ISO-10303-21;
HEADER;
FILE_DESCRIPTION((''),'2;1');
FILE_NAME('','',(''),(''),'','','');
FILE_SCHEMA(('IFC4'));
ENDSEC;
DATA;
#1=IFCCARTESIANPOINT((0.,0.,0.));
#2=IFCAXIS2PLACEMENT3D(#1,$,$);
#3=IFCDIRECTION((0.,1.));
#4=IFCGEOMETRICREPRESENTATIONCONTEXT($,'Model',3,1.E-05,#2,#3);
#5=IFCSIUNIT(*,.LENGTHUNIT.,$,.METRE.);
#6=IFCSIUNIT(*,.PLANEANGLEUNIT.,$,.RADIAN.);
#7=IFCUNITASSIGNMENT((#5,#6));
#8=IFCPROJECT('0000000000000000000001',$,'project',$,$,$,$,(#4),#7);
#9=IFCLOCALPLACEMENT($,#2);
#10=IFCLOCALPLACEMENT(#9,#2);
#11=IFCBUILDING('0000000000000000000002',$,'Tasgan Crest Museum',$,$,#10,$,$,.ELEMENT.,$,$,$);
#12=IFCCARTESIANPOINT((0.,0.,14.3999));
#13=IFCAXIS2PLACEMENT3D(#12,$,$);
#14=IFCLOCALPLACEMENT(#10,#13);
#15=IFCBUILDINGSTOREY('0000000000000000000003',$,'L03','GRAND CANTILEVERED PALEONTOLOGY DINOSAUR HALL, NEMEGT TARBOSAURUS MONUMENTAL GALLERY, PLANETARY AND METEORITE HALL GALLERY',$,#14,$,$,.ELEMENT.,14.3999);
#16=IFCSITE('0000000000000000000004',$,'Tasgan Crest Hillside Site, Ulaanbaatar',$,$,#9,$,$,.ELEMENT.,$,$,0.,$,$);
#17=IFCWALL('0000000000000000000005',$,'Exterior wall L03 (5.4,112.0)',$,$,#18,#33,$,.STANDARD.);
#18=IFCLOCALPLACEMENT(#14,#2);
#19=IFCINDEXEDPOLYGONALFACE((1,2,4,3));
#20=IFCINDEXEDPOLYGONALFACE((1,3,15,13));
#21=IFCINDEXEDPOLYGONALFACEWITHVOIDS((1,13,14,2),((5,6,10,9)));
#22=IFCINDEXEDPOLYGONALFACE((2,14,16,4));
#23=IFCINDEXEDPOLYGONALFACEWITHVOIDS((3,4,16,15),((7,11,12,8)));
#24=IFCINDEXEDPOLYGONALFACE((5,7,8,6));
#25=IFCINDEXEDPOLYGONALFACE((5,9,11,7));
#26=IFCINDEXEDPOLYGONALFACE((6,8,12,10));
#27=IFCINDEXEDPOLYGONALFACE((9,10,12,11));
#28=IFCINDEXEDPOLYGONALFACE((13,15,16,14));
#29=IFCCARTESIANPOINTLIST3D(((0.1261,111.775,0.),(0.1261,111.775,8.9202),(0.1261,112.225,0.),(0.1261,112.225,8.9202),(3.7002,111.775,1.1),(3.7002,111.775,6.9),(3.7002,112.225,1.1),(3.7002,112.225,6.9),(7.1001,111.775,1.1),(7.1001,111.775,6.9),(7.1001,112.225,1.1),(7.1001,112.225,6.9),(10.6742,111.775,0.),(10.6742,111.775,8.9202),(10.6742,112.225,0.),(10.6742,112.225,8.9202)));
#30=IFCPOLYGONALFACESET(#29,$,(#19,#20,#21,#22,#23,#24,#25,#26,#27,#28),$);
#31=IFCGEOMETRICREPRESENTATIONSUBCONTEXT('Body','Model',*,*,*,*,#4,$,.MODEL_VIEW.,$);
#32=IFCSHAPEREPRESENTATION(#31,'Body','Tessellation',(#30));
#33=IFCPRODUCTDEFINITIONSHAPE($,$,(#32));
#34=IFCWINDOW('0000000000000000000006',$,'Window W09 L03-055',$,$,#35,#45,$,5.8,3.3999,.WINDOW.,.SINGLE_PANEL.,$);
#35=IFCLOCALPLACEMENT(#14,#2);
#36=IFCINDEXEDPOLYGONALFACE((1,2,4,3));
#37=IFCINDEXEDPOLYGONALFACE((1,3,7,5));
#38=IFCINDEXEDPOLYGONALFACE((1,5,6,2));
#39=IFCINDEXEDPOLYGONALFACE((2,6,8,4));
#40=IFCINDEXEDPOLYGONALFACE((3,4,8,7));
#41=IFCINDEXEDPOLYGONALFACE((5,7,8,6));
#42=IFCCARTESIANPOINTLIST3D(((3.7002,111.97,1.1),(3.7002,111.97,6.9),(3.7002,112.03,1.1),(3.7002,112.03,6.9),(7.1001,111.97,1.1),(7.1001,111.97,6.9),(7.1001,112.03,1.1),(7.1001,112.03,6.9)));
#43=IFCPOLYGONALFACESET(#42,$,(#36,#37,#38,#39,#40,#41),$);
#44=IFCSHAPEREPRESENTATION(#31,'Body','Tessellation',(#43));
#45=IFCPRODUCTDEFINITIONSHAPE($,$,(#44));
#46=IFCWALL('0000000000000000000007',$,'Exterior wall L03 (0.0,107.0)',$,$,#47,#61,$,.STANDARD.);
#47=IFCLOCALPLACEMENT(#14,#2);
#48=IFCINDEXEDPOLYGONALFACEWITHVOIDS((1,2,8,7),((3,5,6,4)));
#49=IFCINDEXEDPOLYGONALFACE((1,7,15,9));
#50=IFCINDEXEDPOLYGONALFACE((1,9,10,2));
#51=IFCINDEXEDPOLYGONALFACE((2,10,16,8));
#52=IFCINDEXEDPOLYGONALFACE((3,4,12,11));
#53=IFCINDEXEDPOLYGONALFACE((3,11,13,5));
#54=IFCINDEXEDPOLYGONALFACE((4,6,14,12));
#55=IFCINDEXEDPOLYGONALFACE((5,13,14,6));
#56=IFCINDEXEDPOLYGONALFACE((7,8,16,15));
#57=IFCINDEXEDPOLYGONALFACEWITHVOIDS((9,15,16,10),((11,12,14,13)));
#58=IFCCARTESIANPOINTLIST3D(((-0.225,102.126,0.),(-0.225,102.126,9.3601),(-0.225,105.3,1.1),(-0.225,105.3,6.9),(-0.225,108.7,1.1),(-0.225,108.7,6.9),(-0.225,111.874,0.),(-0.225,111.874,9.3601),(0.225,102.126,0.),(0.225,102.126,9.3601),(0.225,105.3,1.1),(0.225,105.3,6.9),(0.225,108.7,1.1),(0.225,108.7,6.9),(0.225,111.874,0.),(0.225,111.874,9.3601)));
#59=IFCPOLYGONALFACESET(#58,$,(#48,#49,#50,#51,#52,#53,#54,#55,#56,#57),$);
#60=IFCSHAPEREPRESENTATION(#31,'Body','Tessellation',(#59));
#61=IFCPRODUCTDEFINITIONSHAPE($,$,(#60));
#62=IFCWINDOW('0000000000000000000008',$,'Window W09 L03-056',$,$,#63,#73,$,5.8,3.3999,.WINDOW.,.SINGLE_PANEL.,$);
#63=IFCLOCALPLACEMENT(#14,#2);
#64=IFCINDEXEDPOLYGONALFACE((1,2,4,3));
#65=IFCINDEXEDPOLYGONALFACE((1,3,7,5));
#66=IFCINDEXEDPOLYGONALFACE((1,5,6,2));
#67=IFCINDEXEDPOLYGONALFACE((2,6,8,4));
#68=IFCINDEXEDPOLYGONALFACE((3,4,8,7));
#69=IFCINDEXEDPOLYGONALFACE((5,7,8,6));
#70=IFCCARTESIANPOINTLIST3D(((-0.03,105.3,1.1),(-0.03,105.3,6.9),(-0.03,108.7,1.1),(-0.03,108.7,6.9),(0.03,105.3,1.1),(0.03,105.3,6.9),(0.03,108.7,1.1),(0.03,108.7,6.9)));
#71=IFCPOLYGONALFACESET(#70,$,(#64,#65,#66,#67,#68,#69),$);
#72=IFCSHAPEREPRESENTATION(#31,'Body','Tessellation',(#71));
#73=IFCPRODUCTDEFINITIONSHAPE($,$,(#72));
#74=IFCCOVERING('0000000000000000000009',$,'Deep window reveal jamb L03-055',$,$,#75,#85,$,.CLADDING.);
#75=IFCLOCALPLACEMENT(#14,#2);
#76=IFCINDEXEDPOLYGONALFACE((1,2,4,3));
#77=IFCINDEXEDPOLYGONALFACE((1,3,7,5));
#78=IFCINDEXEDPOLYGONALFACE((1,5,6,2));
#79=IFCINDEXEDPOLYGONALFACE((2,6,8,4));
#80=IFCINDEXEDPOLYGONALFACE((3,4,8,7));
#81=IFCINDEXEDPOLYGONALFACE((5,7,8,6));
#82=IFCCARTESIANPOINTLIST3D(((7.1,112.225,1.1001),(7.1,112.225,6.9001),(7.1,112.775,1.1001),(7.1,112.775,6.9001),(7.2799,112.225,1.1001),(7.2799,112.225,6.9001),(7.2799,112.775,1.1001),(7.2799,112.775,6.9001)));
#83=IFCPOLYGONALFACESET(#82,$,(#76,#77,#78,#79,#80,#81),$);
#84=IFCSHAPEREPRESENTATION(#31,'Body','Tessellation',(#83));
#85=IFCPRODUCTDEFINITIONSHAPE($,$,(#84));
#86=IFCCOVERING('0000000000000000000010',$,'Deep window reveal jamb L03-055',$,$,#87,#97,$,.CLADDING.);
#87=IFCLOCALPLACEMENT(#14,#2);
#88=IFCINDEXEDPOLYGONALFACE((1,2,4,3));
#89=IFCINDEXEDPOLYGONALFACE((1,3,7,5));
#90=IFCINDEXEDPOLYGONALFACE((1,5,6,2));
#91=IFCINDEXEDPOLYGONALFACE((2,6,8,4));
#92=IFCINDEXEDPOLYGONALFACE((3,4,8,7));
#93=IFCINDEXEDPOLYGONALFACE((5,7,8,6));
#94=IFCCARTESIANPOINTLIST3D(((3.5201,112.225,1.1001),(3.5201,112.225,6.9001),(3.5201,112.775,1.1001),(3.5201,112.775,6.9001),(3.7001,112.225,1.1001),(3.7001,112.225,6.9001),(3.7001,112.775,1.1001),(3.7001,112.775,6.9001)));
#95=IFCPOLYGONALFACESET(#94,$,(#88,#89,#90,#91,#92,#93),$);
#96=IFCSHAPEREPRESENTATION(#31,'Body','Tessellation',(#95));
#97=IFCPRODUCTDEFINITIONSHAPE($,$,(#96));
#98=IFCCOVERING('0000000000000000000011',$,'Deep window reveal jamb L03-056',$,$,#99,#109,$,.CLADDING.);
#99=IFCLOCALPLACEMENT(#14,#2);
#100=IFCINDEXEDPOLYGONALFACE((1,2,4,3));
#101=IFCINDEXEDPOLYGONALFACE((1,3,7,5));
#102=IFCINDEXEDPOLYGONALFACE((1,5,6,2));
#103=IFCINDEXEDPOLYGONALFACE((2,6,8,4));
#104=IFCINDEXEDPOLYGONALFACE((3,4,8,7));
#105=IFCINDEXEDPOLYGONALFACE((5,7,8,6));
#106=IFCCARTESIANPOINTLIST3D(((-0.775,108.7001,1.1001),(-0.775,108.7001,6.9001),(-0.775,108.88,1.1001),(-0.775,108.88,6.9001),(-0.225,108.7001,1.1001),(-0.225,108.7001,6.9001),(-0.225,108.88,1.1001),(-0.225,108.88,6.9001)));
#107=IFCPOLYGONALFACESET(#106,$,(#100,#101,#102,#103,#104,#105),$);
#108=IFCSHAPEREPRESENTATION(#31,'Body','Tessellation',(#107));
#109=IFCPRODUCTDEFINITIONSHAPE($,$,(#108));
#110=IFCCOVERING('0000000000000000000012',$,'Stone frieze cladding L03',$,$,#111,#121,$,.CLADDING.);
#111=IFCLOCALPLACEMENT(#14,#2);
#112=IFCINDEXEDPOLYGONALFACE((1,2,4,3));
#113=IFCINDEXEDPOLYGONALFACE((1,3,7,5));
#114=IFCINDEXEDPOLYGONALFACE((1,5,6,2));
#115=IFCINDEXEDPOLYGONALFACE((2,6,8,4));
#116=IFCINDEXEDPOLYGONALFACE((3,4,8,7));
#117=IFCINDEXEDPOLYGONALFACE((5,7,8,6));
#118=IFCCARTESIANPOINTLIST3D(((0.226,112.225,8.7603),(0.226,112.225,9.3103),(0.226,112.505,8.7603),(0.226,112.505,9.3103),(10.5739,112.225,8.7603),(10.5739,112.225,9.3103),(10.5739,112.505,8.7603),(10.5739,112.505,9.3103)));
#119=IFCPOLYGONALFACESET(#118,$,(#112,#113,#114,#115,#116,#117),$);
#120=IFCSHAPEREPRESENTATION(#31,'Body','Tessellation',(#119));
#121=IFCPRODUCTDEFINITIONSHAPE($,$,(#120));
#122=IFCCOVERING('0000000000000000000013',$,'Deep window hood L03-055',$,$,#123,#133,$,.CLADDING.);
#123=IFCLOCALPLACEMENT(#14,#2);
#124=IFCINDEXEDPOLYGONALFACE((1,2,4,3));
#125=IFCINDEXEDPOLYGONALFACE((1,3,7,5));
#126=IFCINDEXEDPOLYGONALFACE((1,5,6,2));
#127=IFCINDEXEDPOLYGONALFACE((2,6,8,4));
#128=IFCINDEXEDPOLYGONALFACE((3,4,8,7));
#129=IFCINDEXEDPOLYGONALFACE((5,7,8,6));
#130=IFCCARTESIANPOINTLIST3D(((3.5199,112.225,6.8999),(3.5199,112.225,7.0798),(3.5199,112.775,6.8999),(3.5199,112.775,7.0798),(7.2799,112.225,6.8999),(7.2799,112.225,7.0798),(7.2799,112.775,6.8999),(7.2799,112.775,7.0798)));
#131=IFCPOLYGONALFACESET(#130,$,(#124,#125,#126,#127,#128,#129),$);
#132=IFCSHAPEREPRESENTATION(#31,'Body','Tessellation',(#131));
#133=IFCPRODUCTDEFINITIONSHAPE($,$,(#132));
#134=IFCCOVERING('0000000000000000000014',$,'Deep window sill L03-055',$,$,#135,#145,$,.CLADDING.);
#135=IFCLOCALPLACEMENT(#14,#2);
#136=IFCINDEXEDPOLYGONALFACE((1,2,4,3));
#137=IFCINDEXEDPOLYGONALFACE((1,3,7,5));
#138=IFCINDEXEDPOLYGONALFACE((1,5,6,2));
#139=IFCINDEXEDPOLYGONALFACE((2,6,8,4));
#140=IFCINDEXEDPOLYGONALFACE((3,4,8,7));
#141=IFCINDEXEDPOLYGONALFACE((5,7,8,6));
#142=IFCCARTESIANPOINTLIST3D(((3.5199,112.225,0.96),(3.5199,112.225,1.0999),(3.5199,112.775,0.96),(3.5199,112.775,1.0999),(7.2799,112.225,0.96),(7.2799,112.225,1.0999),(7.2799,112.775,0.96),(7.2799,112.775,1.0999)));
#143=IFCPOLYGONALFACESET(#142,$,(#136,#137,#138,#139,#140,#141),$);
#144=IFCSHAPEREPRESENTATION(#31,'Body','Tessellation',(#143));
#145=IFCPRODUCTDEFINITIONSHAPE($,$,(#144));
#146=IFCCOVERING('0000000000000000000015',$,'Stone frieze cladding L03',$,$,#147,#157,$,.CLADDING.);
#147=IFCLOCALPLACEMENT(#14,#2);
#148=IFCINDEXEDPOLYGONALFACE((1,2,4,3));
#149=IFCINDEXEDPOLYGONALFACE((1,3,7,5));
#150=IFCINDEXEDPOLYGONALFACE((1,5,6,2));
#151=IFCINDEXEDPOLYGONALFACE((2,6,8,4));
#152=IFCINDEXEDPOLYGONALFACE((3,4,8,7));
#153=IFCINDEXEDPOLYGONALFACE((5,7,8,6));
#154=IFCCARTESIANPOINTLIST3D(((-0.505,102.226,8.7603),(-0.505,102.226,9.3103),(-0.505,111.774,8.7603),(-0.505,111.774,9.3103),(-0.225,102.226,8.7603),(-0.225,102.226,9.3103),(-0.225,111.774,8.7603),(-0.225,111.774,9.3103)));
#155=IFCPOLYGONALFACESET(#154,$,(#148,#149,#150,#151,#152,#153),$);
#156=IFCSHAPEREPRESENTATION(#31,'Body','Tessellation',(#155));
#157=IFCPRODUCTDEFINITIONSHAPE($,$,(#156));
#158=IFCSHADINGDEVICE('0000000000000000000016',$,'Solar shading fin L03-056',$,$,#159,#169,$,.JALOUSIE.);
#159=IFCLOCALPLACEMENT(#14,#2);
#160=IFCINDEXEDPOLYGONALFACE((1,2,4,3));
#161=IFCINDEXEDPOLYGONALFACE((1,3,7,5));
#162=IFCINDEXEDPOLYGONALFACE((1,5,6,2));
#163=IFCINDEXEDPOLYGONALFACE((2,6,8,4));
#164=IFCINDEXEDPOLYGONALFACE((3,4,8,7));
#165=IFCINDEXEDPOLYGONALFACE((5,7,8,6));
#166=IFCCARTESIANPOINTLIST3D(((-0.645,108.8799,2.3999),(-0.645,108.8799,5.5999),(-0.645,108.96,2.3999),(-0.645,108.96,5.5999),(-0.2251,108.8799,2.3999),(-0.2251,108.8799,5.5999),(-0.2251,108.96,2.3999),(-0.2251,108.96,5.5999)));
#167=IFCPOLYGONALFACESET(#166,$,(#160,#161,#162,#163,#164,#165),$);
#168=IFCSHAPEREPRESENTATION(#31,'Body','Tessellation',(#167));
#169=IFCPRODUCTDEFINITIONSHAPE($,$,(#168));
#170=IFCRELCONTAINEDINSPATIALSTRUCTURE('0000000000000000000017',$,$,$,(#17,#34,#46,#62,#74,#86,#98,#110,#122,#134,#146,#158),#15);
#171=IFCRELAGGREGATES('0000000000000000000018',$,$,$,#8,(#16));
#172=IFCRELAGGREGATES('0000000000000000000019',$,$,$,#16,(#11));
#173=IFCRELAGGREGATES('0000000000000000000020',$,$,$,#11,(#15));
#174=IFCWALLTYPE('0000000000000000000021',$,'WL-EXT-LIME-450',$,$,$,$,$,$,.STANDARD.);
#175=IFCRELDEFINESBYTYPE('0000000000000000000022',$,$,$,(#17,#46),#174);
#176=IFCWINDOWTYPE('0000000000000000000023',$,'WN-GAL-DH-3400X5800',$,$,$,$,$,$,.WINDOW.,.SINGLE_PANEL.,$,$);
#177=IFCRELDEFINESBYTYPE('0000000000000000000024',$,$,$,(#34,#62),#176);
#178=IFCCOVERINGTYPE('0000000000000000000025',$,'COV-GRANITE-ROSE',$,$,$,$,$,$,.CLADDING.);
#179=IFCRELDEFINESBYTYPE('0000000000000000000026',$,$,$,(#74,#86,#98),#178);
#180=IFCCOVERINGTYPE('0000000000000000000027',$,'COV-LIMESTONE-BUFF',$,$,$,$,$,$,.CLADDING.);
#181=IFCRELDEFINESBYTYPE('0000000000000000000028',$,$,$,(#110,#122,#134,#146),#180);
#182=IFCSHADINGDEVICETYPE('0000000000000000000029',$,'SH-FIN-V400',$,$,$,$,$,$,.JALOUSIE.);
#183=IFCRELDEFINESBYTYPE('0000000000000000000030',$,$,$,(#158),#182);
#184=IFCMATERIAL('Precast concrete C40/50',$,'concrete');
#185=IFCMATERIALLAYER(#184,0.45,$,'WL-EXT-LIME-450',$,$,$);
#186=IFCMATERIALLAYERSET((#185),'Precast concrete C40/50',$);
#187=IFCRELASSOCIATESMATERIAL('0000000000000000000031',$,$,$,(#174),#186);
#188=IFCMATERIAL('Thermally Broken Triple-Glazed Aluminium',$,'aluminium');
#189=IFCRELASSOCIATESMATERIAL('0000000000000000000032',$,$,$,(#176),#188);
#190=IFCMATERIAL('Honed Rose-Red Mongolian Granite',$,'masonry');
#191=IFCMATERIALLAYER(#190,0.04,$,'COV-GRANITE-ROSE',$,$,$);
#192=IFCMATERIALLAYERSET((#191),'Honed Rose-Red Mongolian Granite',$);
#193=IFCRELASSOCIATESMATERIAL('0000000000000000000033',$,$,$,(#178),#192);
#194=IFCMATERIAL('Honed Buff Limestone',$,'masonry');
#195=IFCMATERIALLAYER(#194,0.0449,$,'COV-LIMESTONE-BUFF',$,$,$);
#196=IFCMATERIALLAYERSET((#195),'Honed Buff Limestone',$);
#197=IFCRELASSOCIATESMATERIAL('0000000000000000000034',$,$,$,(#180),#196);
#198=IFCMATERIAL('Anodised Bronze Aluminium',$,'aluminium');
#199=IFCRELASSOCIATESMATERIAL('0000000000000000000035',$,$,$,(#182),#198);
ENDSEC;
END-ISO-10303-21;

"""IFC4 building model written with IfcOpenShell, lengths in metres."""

from ifc_helpers import new_model, si_unit, direction, frame, frame_2d, origin, origin_2d, place, context, subcontext, project, spatial, rectangle, extrude, material, layer, layer_set, type_object, element, fill, save


model = new_model("IFC4")

# Units and contexts
model_context = context("Model", 3, precision=1e-05, world=origin(), true_north=direction((0.0, 1.0)))
body_context = subcontext(model_context, "Body", "Model", "MODEL_VIEW")
ifc_project = project(units=[si_unit("LENGTHUNIT", "METRE"), si_unit("PLANEANGLEUNIT", "RADIAN")], contexts=[model_context])

# Site, building, storey
site_placement = place(None, origin())
site = spatial("IfcSite", under=ifc_project, at=site_placement, Name="Tasgan Crest Hillside Site, Ulaanbaatar", CompositionType="ELEMENT", RefElevation=0.0)
building_placement = place(site_placement, origin())
building = spatial("IfcBuilding", under=site, at=building_placement, Name="Tasgan Crest Museum", CompositionType="ELEMENT")
storey_placement = place(building_placement, frame((0.0, 0.0, 14.3999)))
storey = spatial("IfcBuildingStorey", under=building, at=storey_placement, Name="L03", Description="GRAND CANTILEVERED PALEONTOLOGY DINOSAUR HALL, NEMEGT TARBOSAURUS MONUMENTAL GALLERY, PLANETARY AND METEORITE HALL GALLERY", CompositionType="ELEMENT", Elevation=14.3999)

# Walls, openings, windows
ifc_material_1 = material(Name="Precast concrete C40/50", Category="concrete")
ifc_layer_1 = layer(ifc_material_1, 0.45, Name="WL-EXT-LIME-450")
ifc_layer_set_1 = layer_set([ifc_layer_1], Name="Precast concrete C40/50")
wall_type_1 = type_object("IfcWallType", Name="WL-EXT-LIME-450", PredefinedType="STANDARD", material=ifc_layer_set_1)
wall_1_placement = place(storey_placement, frame((10.6741, 112.0, 0.0), z_axis=(0.0, 0.0, 1.0), x_axis=(-1.0, 0.0, 0.0)))
wall_1 = element("IfcWall", 1, at=wall_1_placement, inside=storey, type_object=wall_type_1, Name="Exterior wall L03 (5.4,112.0)", PredefinedType="STANDARD", context=body_context, shape_type="SweptSolid", body=[
    extrude(rectangle(XDim=10.5481, YDim=0.45, at=frame_2d((5.2739, 0.0))), origin(), (0.0, 0.0, 1.0), 8.9202),
])
opening_1_placement = place(wall_1_placement, frame((3.574, 0.0, 1.1001)))
opening_1 = element("IfcOpeningElement", 2, at=opening_1_placement, cuts=wall_1, PredefinedType="OPENING", context=body_context, shape_type="SweptSolid", body=[
    extrude(rectangle(XDim=3.3999, YDim=5.8, at=frame_2d((1.7, 2.8999))), frame((0.0, 0.2349, 0.0), z_axis=(0.0, -1.0, 0.0), x_axis=(1.0, 0.0, 0.0)), (0.0, 0.0, 1.0), 0.47),
])
ifc_material_2 = material(Name="Thermally Broken Triple-Glazed Aluminium", Category="aluminium")
window_type = type_object("IfcWindowType", Name="WN-GAL-DH-3400X5800", PartitioningType="SINGLE_PANEL", PredefinedType="WINDOW", material=ifc_material_2)
window_1_placement = place(opening_1_placement, origin())
window_1 = element("IfcWindow", 3, at=window_1_placement, inside=storey, type_object=window_type, Name="Window W09 L03-055", OverallHeight=5.8, OverallWidth=3.3999, PartitioningType="SINGLE_PANEL", PredefinedType="WINDOW", context=body_context, shape_type="SweptSolid", body=[
    extrude(rectangle(XDim=3.3999, YDim=5.8, at=frame_2d((1.7, 2.8999))), frame((0.0, 0.03, 0.0), z_axis=(0.0, -1.0, 0.0), x_axis=(1.0, 0.0, 0.0)), (0.0, 0.0, 1.0), 0.0601),
])
fill(opening_1, window_1)
wall_2_placement = place(storey_placement, frame((0.0, 111.874, 0.0), z_axis=(0.0, 0.0, 1.0), x_axis=(0.0, -1.0, 0.0)))
wall_2 = element("IfcWall", 4, at=wall_2_placement, inside=storey, type_object=wall_type_1, Name="Exterior wall L03 (0.0,107.0)", PredefinedType="STANDARD", context=body_context, shape_type="SweptSolid", body=[
    extrude(rectangle(XDim=9.748, YDim=0.45, at=frame_2d((4.874, 0.0))), origin(), (0.0, 0.0, 1.0), 9.3601),
])
opening_2_placement = place(wall_2_placement, frame((3.1741, 0.0, 1.1001)))
opening_2 = element("IfcOpeningElement", 5, at=opening_2_placement, cuts=wall_2, PredefinedType="OPENING", context=body_context, shape_type="SweptSolid", body=[
    extrude(rectangle(XDim=3.3999, YDim=5.8, at=frame_2d((1.7, 2.8999))), frame((0.0, 0.2349, 0.0), z_axis=(0.0, -1.0, 0.0), x_axis=(1.0, 0.0, 0.0)), (0.0, 0.0, 1.0), 0.47),
])
window_2_placement = place(opening_2_placement, origin())
window_2 = element("IfcWindow", 6, at=window_2_placement, inside=storey, type_object=window_type, Name="Window W09 L03-056", OverallHeight=5.8, OverallWidth=3.3999, PartitioningType="SINGLE_PANEL", PredefinedType="WINDOW", context=body_context, shape_type="SweptSolid", body=[
    extrude(rectangle(XDim=3.3999, YDim=5.8, at=frame_2d((1.7, 2.8999))), frame((0.0, 0.03, 0.0), z_axis=(0.0, -1.0, 0.0), x_axis=(1.0, 0.0, 0.0)), (0.0, 0.0, 1.0), 0.0601),
])
fill(opening_2, window_2)

# Coverings
ifc_material_3 = material(Name="Honed Rose-Red Mongolian Granite", Category="masonry")
ifc_layer_2 = layer(ifc_material_3, 0.04, Name="COV-GRANITE-ROSE")
ifc_layer_set_2 = layer_set([ifc_layer_2], Name="Honed Rose-Red Mongolian Granite")
covering_type_1 = type_object("IfcCoveringType", Name="COV-GRANITE-ROSE", PredefinedType="CLADDING", material=ifc_layer_set_2)
for number, where, z_axis, x_axis, name in (
    (7, (7.1899, 112.5, 1.1001), (0.0, 0.0, 1.0), (-1.0, 0.0, 0.0), "Deep window reveal jamb L03-055"),
    (8, (3.6101, 112.5, 1.1001), (0.0, 0.0, 1.0), (-1.0, 0.0, 0.0), "Deep window reveal jamb L03-055"),
    (9, (-0.5, 108.79, 1.1001), (0.0, 0.0, 1.0), (0.0, -1.0, 0.0), "Deep window reveal jamb L03-056"),
):
    element("IfcCovering", number, at=place(storey_placement, frame(where, z_axis=z_axis, x_axis=x_axis)), inside=storey, type_object=covering_type_1, Name=name, PredefinedType="CLADDING", context=body_context, shape_type="SweptSolid", body=[
        extrude(rectangle(XDim=0.1799, YDim=0.55, at=origin_2d()), origin(), (0.0, 0.0, 1.0), 5.8),
    ])
ifc_material_4 = material(Name="Honed Buff Limestone", Category="masonry")
ifc_layer_3 = layer(ifc_material_4, 0.0449, Name="COV-LIMESTONE-BUFF")
ifc_layer_set_3 = layer_set([ifc_layer_3], Name="Honed Buff Limestone")
covering_type_2 = type_object("IfcCoveringType", Name="COV-LIMESTONE-BUFF", PredefinedType="CLADDING", material=ifc_layer_set_3)
covering_1_placement = place(storey_placement, frame((5.3999, 112.365, 8.7603), z_axis=(0.0, 0.0, 1.0), x_axis=(-1.0, 0.0, 0.0)))
element("IfcCovering", 10, at=covering_1_placement, inside=storey, type_object=covering_type_2, Name="Stone frieze cladding L03", PredefinedType="CLADDING", context=body_context, shape_type="SweptSolid", body=[
    extrude(rectangle(XDim=10.3479, YDim=0.28, at=origin_2d()), origin(), (0.0, 0.0, 1.0), 0.55),
])
covering_2_placement = place(storey_placement, frame((5.3999, 112.5, 6.8999), z_axis=(0.0, 0.0, 1.0), x_axis=(-1.0, 0.0, 0.0)))
element("IfcCovering", 11, at=covering_2_placement, inside=storey, type_object=covering_type_2, Name="Deep window hood L03-055", PredefinedType="CLADDING", context=body_context, shape_type="SweptSolid", body=[
    extrude(rectangle(XDim=3.76, YDim=0.55, at=origin_2d()), origin(), (0.0, 0.0, 1.0), 0.1799),
])
covering_3_placement = place(storey_placement, frame((5.3999, 112.5, 0.96), z_axis=(0.0, 0.0, 1.0), x_axis=(-1.0, 0.0, 0.0)))
element("IfcCovering", 12, at=covering_3_placement, inside=storey, type_object=covering_type_2, Name="Deep window sill L03-055", PredefinedType="CLADDING", context=body_context, shape_type="SweptSolid", body=[
    extrude(rectangle(XDim=3.76, YDim=0.55, at=origin_2d()), origin(), (0.0, 0.0, 1.0), 0.1399),
])
covering_4_placement = place(storey_placement, frame((-0.365, 107.0, 8.7603), z_axis=(0.0, 0.0, 1.0), x_axis=(0.0, -1.0, 0.0)))
element("IfcCovering", 13, at=covering_4_placement, inside=storey, type_object=covering_type_2, Name="Stone frieze cladding L03", PredefinedType="CLADDING", context=body_context, shape_type="SweptSolid", body=[
    extrude(rectangle(XDim=9.5481, YDim=0.28, at=origin_2d()), origin(), (0.0, 0.0, 1.0), 0.55),
])

# Shading device
ifc_material_5 = material(Name="Anodised Bronze Aluminium", Category="aluminium")
shading_device_type = type_object("IfcShadingDeviceType", Name="SH-FIN-V400", PredefinedType="JALOUSIE", material=ifc_material_5)
shading_device_placement = place(storey_placement, frame((-0.4351, 108.9199, 2.3999), z_axis=(0.0, 0.0, 1.0), x_axis=(0.0, -1.0, 0.0)))
element("IfcShadingDevice", 14, at=shading_device_placement, inside=storey, type_object=shading_device_type, Name="Solar shading fin L03-056", PredefinedType="JALOUSIE", context=body_context, shape_type="SweptSolid", body=[
    extrude(rectangle(XDim=0.0801, YDim=0.4199, at=origin_2d()), origin(), (0.0, 0.0, 1.0), 3.2),
])

save(model, "model.ifc")
